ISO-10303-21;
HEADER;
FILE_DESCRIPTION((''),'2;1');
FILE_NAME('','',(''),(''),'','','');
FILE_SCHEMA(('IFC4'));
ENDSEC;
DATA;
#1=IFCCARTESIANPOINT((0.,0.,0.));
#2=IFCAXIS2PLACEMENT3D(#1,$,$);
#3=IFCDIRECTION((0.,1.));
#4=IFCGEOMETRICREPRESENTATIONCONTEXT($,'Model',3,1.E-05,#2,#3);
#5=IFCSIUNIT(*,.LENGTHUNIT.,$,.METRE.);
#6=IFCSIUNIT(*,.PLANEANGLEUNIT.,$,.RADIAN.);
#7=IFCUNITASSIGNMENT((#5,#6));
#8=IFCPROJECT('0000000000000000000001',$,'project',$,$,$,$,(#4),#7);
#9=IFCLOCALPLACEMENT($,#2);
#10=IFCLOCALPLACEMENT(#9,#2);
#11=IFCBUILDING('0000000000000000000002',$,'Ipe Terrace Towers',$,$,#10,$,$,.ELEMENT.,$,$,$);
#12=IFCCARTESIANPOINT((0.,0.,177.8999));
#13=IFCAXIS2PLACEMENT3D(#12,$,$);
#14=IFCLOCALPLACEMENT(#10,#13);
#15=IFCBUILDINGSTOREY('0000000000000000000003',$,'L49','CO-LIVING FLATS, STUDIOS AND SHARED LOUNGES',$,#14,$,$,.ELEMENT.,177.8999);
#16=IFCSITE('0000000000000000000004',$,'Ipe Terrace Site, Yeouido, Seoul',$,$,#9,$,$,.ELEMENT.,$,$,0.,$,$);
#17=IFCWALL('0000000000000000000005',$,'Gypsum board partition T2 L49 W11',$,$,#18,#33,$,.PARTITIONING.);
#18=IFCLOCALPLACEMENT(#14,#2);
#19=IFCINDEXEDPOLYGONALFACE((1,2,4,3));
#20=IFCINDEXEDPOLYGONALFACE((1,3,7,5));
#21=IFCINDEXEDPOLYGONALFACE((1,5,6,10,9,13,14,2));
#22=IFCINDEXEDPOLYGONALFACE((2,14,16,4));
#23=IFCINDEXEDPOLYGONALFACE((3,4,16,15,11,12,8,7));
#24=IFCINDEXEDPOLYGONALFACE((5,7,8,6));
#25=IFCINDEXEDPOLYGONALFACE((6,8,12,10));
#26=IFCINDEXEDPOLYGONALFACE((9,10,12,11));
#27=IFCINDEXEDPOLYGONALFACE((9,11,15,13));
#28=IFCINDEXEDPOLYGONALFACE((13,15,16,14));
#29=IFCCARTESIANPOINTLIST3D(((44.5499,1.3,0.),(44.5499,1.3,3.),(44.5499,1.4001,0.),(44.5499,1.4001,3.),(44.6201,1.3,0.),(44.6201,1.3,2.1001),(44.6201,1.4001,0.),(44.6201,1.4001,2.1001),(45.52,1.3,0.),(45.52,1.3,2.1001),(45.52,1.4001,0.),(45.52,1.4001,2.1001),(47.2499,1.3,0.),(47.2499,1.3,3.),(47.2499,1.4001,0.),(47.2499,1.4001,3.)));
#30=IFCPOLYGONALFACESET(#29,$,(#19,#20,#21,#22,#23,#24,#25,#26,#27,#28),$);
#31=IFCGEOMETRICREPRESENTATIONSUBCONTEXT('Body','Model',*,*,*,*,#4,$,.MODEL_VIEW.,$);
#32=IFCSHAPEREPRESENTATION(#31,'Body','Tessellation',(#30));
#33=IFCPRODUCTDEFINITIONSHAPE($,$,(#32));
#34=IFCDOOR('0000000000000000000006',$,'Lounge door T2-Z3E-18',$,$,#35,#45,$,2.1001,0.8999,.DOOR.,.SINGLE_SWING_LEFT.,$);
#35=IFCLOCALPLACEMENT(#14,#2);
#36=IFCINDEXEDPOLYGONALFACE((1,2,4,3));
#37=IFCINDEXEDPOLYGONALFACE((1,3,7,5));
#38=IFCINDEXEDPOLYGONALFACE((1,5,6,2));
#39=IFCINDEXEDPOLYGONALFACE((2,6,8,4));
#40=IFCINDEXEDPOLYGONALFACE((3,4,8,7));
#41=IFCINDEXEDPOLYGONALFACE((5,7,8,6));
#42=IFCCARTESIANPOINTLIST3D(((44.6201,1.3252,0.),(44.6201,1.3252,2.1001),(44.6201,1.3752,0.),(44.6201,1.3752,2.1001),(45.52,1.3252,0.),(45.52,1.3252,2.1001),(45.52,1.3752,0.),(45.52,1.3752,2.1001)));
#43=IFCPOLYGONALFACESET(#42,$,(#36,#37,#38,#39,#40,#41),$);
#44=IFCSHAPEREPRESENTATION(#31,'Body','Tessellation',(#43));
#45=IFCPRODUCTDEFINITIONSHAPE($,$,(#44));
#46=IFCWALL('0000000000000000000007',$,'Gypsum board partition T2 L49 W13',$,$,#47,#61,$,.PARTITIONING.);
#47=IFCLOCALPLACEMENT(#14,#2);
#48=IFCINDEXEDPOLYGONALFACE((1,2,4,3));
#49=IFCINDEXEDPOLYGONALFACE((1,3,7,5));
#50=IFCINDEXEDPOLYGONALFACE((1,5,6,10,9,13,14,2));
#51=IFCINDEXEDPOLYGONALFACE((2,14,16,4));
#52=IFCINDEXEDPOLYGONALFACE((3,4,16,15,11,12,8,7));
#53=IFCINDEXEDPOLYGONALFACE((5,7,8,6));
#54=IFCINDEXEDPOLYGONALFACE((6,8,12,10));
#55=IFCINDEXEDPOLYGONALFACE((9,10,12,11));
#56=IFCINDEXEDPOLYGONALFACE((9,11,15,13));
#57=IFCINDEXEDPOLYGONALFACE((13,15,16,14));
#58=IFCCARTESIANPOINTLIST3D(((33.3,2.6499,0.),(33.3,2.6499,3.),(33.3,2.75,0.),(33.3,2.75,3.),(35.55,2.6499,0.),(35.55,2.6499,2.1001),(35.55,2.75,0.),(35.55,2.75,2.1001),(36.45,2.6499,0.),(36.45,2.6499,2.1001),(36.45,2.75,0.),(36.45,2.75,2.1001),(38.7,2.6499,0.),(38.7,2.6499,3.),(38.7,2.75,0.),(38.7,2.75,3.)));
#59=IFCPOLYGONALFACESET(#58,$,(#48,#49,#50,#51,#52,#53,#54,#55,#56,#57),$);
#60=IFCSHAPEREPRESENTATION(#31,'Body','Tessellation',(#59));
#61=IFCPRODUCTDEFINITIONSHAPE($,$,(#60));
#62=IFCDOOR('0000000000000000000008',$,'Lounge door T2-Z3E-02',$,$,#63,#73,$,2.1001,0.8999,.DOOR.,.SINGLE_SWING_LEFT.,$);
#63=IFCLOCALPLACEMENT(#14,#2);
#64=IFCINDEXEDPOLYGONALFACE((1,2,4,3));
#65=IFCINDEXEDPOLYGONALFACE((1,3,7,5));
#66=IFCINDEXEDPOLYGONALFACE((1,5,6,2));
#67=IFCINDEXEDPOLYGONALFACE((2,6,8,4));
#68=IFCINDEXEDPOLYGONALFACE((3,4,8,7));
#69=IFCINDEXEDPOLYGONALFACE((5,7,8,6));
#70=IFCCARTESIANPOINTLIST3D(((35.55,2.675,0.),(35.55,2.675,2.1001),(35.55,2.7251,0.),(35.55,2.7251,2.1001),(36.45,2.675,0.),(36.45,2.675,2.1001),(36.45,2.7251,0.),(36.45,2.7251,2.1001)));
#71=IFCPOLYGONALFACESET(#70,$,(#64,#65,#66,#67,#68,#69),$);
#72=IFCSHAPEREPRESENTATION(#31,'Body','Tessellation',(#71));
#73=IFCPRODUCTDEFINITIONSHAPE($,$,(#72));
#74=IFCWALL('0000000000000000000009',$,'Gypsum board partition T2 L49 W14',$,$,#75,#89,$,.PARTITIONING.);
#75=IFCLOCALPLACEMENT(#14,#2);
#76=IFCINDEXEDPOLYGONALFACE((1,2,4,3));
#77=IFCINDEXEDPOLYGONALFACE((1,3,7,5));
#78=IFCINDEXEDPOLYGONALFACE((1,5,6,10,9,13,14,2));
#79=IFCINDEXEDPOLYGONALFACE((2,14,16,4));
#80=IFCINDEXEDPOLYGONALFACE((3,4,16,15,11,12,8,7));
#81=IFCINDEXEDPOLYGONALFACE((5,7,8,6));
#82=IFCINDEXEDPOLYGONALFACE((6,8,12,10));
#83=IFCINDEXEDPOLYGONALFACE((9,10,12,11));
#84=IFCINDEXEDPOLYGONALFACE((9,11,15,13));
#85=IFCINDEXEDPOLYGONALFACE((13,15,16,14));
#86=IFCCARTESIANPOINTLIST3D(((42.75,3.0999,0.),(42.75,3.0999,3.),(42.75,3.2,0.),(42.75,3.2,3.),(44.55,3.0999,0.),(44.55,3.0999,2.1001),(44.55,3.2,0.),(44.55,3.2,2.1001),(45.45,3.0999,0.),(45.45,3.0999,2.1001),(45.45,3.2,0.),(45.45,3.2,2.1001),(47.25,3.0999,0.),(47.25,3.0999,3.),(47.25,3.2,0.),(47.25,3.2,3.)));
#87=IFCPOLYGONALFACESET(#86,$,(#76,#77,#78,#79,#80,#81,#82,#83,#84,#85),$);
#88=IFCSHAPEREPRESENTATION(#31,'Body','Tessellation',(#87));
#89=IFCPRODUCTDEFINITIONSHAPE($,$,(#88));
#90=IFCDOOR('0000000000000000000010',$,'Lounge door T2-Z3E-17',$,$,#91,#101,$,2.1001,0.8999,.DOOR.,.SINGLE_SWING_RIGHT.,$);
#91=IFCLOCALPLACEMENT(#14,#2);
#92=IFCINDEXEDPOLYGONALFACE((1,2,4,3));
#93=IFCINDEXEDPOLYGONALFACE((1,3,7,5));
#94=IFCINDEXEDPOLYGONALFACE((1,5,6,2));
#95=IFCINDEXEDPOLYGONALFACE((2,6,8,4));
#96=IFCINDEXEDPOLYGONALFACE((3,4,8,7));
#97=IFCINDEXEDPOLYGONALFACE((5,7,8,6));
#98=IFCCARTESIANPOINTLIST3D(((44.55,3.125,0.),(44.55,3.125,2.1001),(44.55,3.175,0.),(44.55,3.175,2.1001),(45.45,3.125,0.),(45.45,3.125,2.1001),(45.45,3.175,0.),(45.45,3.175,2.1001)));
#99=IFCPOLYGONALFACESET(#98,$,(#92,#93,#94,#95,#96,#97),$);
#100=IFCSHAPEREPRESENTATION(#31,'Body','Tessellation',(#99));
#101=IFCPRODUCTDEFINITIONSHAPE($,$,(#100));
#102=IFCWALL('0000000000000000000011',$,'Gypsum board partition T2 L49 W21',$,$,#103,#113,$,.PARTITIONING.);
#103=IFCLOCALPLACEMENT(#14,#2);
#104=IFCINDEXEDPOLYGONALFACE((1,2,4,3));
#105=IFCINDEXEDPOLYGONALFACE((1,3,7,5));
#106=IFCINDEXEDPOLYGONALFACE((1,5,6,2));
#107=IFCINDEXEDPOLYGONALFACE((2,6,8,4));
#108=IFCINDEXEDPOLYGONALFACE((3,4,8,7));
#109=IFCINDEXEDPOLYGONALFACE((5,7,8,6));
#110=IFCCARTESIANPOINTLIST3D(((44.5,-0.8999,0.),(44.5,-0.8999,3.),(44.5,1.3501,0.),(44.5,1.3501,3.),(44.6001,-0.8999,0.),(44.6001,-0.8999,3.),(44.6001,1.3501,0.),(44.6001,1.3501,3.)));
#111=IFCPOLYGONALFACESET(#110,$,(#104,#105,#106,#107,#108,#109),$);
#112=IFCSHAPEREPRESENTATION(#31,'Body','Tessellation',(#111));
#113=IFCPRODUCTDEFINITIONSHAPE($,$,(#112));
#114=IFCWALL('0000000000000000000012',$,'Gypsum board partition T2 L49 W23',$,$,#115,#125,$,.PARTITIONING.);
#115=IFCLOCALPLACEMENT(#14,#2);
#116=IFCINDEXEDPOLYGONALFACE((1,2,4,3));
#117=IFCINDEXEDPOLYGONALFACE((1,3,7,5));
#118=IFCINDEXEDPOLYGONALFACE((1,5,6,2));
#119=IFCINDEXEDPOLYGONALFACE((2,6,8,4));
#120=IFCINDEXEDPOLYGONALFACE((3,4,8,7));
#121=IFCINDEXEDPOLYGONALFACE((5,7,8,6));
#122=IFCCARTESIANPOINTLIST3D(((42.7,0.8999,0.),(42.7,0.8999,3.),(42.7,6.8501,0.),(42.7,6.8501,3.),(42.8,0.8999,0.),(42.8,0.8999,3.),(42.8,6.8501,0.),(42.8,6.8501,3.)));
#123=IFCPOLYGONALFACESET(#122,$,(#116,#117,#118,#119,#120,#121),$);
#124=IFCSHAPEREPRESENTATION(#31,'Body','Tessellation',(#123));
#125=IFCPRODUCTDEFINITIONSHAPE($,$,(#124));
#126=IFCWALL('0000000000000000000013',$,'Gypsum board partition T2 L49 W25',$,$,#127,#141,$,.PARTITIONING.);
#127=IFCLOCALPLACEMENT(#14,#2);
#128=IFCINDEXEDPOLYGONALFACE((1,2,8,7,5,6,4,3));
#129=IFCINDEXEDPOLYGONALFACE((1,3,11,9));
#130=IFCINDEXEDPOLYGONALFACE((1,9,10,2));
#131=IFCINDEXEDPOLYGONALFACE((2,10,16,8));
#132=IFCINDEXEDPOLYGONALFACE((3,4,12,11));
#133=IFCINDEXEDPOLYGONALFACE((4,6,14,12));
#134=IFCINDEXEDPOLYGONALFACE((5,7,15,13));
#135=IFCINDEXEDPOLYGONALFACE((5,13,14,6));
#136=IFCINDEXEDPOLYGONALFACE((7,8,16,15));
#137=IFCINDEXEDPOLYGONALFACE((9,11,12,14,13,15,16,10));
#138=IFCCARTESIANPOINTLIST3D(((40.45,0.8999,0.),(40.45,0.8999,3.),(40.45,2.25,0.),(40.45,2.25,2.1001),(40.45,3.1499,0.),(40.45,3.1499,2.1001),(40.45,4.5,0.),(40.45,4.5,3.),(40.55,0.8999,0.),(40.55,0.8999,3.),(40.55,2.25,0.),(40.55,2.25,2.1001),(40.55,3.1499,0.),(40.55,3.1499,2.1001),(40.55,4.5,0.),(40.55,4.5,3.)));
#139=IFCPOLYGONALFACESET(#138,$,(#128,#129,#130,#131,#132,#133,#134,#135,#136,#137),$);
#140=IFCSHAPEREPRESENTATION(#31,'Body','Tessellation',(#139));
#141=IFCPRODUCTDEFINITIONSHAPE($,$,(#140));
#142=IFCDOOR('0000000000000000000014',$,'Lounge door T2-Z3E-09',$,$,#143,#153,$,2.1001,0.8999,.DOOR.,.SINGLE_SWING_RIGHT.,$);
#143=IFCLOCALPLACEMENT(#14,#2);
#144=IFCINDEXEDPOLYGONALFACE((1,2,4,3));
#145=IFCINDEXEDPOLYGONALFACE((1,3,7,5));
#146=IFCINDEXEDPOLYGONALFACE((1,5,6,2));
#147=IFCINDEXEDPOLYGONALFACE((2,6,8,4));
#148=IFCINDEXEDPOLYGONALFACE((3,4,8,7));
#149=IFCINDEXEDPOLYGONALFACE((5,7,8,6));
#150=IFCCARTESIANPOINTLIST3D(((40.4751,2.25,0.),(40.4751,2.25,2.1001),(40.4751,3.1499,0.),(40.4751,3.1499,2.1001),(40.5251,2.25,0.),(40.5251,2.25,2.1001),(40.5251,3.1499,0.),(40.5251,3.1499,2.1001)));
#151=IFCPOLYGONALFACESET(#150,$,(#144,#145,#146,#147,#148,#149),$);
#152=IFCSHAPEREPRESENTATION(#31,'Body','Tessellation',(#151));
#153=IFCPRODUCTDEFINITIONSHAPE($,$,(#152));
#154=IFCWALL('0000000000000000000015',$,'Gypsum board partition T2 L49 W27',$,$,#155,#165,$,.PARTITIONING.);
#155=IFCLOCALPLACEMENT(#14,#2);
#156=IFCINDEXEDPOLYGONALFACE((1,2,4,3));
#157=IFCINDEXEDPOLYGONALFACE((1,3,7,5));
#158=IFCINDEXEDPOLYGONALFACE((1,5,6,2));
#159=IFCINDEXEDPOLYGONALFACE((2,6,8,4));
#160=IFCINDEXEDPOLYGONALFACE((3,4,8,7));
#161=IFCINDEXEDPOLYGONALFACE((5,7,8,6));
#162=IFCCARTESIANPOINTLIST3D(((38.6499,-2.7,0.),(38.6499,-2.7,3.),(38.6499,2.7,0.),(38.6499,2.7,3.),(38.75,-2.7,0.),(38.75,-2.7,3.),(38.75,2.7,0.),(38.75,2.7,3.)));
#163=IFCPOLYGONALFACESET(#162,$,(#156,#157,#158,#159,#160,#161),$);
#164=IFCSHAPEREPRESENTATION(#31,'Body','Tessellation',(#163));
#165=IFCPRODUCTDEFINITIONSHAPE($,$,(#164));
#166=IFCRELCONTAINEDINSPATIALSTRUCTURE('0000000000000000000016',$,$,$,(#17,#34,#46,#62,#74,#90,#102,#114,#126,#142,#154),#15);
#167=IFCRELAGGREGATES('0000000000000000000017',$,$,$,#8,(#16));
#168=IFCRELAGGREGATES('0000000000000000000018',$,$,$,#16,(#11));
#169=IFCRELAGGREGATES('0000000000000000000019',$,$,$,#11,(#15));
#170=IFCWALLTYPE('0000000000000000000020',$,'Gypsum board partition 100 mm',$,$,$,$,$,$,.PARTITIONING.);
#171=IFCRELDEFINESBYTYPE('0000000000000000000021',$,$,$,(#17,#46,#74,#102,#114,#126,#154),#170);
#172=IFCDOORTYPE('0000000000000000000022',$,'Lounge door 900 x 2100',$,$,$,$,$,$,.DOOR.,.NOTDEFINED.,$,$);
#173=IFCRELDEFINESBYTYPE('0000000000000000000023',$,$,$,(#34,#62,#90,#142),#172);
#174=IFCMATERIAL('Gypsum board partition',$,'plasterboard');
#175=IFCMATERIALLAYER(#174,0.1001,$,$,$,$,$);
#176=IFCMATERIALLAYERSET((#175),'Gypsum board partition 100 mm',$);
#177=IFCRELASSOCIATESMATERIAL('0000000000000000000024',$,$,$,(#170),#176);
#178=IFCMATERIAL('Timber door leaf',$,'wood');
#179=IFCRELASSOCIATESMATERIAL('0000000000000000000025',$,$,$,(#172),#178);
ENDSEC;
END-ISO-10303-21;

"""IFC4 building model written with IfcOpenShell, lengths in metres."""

from ifc_helpers import new_model, si_unit, direction, frame, frame_2d, origin, place, context, subcontext, project, spatial, rectangle, extrude, material, layer, layer_set, type_object, element, fill, save


model = new_model("IFC4")

# Units and contexts
model_context = context("Model", 3, precision=1e-05, world=origin(), true_north=direction((0.0, 1.0)))
body_context = subcontext(model_context, "Body", "Model", "MODEL_VIEW")
ifc_project = project(units=[si_unit("LENGTHUNIT", "METRE"), si_unit("PLANEANGLEUNIT", "RADIAN")], contexts=[model_context])

# Site, building, storey
site_placement = place(None, origin())
site = spatial("IfcSite", under=ifc_project, at=site_placement, Name="Ipe Terrace Site, Yeouido, Seoul", CompositionType="ELEMENT", RefElevation=0.0)
building_placement = place(site_placement, origin())
building = spatial("IfcBuilding", under=site, at=building_placement, Name="Ipe Terrace Towers", CompositionType="ELEMENT")
storey_placement = place(building_placement, frame((0.0, 0.0, 177.8999)))
storey = spatial("IfcBuildingStorey", under=building, at=storey_placement, Name="L49", Description="CO-LIVING FLATS, STUDIOS AND SHARED LOUNGES", CompositionType="ELEMENT", Elevation=177.8999)

# Shared definitions
ifc_material_1 = material(Name="Gypsum board partition", Category="plasterboard")
ifc_layer = layer(ifc_material_1, 0.1001)
ifc_layer_set = layer_set([ifc_layer], Name="Gypsum board partition 100 mm")
wall_type = type_object("IfcWallType", Name="Gypsum board partition 100 mm", PredefinedType="PARTITIONING", material=ifc_layer_set)
ifc_material_2 = material(Name="Timber door leaf", Category="wood")
door_type = type_object("IfcDoorType", Name="Lounge door 900 x 2100", OperationType="NOTDEFINED", PredefinedType="DOOR", material=ifc_material_2)

# Walls, openings, doors
wall_1_placement = place(storey_placement, frame((47.25, 1.3501, 0.0), z_axis=(0.0, 0.0, 1.0), x_axis=(-1.0, 0.0, 0.0)))
wall_1 = element("IfcWall", 1, at=wall_1_placement, inside=storey, type_object=wall_type, Name="Gypsum board partition T2 L49 W11", PredefinedType="PARTITIONING", context=body_context, shape_type="SweptSolid", body=[
    extrude(rectangle(XDim=2.7, YDim=0.1001, at=frame_2d((1.3501, 0.0))), origin(), (0.0, 0.0, 1.0), 3.0),
])
opening_1_placement = place(wall_1_placement, frame((1.73, 0.0, 0.0)))
opening_1 = element("IfcOpeningElement", 2, at=opening_1_placement, cuts=wall_1, PredefinedType="OPENING", context=body_context, shape_type="SweptSolid", body=[
    extrude(rectangle(XDim=0.8999, YDim=2.1001, at=frame_2d((0.45, 1.05))), frame((0.0, 0.0601, 0.0), z_axis=(0.0, -1.0, 0.0), x_axis=(1.0, 0.0, 0.0)), (0.0, 0.0, 1.0), 0.1201),
])
door_1_placement = place(opening_1_placement, origin())
door_1 = element("IfcDoor", 3, at=door_1_placement, inside=storey, type_object=door_type, Name="Lounge door T2-Z3E-18", OperationType="SINGLE_SWING_LEFT", OverallHeight=2.1001, OverallWidth=0.8999, PredefinedType="DOOR", context=body_context, shape_type="SweptSolid", body=[
    extrude(rectangle(XDim=0.8999, YDim=2.1001, at=frame_2d((0.45, 1.05))), frame((0.0, 0.0249, 0.0), z_axis=(0.0, -1.0, 0.0), x_axis=(1.0, 0.0, 0.0)), (0.0, 0.0, 1.0), 0.05),
])
fill(opening_1, door_1)
wall_2_placement = place(storey_placement, frame((38.7, 2.7, 0.0), z_axis=(0.0, 0.0, 1.0), x_axis=(-1.0, 0.0, 0.0)))
wall_2 = element("IfcWall", 4, at=wall_2_placement, inside=storey, type_object=wall_type, Name="Gypsum board partition T2 L49 W13", PredefinedType="PARTITIONING", context=body_context, shape_type="SweptSolid", body=[
    extrude(rectangle(XDim=5.3999, YDim=0.1001, at=frame_2d((2.7, 0.0))), origin(), (0.0, 0.0, 1.0), 3.0),
])
opening_2_placement = place(wall_2_placement, frame((2.25, 0.0, 0.0)))
opening_2 = element("IfcOpeningElement", 5, at=opening_2_placement, cuts=wall_2, PredefinedType="OPENING", context=body_context, shape_type="SweptSolid", body=[
    extrude(rectangle(XDim=0.8999, YDim=2.1001, at=frame_2d((0.45, 1.05))), frame((0.0, 0.0601, 0.0), z_axis=(0.0, -1.0, 0.0), x_axis=(1.0, 0.0, 0.0)), (0.0, 0.0, 1.0), 0.1201),
])
door_2_placement = place(opening_2_placement, origin())
door_2 = element("IfcDoor", 6, at=door_2_placement, inside=storey, type_object=door_type, Name="Lounge door T2-Z3E-02", OperationType="SINGLE_SWING_LEFT", OverallHeight=2.1001, OverallWidth=0.8999, PredefinedType="DOOR", context=body_context, shape_type="SweptSolid", body=[
    extrude(rectangle(XDim=0.8999, YDim=2.1001, at=frame_2d((0.45, 1.05))), frame((0.0, 0.0249, 0.0), z_axis=(0.0, -1.0, 0.0), x_axis=(1.0, 0.0, 0.0)), (0.0, 0.0, 1.0), 0.05),
])
fill(opening_2, door_2)
wall_3_placement = place(storey_placement, frame((47.25, 3.1499, 0.0), z_axis=(0.0, 0.0, 1.0), x_axis=(-1.0, 0.0, 0.0)))
wall_3 = element("IfcWall", 7, at=wall_3_placement, inside=storey, type_object=wall_type, Name="Gypsum board partition T2 L49 W14", PredefinedType="PARTITIONING", context=body_context, shape_type="SweptSolid", body=[
    extrude(rectangle(XDim=4.5, YDim=0.1001, at=frame_2d((2.25, 0.0))), origin(), (0.0, 0.0, 1.0), 3.0),
])
opening_3_placement = place(wall_3_placement, frame((1.8, 0.0, 0.0)))
opening_3 = element("IfcOpeningElement", 8, at=opening_3_placement, cuts=wall_3, PredefinedType="OPENING", context=body_context, shape_type="SweptSolid", body=[
    extrude(rectangle(XDim=0.8999, YDim=2.1001, at=frame_2d((0.45, 1.05))), frame((0.0, 0.0601, 0.0), z_axis=(0.0, -1.0, 0.0), x_axis=(1.0, 0.0, 0.0)), (0.0, 0.0, 1.0), 0.1201),
])
door_3_placement = place(opening_3_placement, origin())
door_3 = element("IfcDoor", 9, at=door_3_placement, inside=storey, type_object=door_type, Name="Lounge door T2-Z3E-17", OperationType="SINGLE_SWING_RIGHT", OverallHeight=2.1001, OverallWidth=0.8999, PredefinedType="DOOR", context=body_context, shape_type="SweptSolid", body=[
    extrude(rectangle(XDim=0.8999, YDim=2.1001, at=frame_2d((0.45, 1.05))), frame((0.0, 0.0249, 0.0), z_axis=(0.0, -1.0, 0.0), x_axis=(1.0, 0.0, 0.0)), (0.0, 0.0, 1.0), 0.05),
])
fill(opening_3, door_3)

# Walls
wall_4_placement = place(storey_placement, frame((44.55, -0.8999, 0.0), z_axis=(0.0, 0.0, 1.0), x_axis=(0.0, 1.0, 0.0)))
element("IfcWall", 10, at=wall_4_placement, inside=storey, type_object=wall_type, Name="Gypsum board partition T2 L49 W21", PredefinedType="PARTITIONING", context=body_context, shape_type="SweptSolid", body=[
    extrude(rectangle(XDim=2.25, YDim=0.1001, at=frame_2d((1.125, 0.0))), origin(), (0.0, 0.0, 1.0), 3.0),
])
wall_5_placement = place(storey_placement, frame((42.75, 0.8999, 0.0), z_axis=(0.0, 0.0, 1.0), x_axis=(0.0, 1.0, 0.0)))
element("IfcWall", 11, at=wall_5_placement, inside=storey, type_object=wall_type, Name="Gypsum board partition T2 L49 W23", PredefinedType="PARTITIONING", context=body_context, shape_type="SweptSolid", body=[
    extrude(rectangle(XDim=5.9502, YDim=0.1001, at=frame_2d((2.9751, 0.0))), origin(), (0.0, 0.0, 1.0), 3.0),
])

# Wall, opening, door
wall_6_placement = place(storey_placement, frame((40.5, 0.8999, 0.0), z_axis=(0.0, 0.0, 1.0), x_axis=(0.0, 1.0, 0.0)))
wall_6 = element("IfcWall", 12, at=wall_6_placement, inside=storey, type_object=wall_type, Name="Gypsum board partition T2 L49 W25", PredefinedType="PARTITIONING", context=body_context, shape_type="SweptSolid", body=[
    extrude(rectangle(XDim=3.6001, YDim=0.1001, at=frame_2d((1.8, 0.0))), origin(), (0.0, 0.0, 1.0), 3.0),
])
opening_4_placement = place(wall_6_placement, frame((1.3501, 0.0, 0.0)))
opening_4 = element("IfcOpeningElement", 13, at=opening_4_placement, cuts=wall_6, PredefinedType="OPENING", context=body_context, shape_type="SweptSolid", body=[
    extrude(rectangle(XDim=0.8999, YDim=2.1001, at=frame_2d((0.45, 1.05))), frame((0.0, 0.0601, 0.0), z_axis=(0.0, -1.0, 0.0), x_axis=(1.0, 0.0, 0.0)), (0.0, 0.0, 1.0), 0.1201),
])
door_4_placement = place(opening_4_placement, origin())
door_4 = element("IfcDoor", 14, at=door_4_placement, inside=storey, type_object=door_type, Name="Lounge door T2-Z3E-09", OperationType="SINGLE_SWING_RIGHT", OverallHeight=2.1001, OverallWidth=0.8999, PredefinedType="DOOR", context=body_context, shape_type="SweptSolid", body=[
    extrude(rectangle(XDim=0.8999, YDim=2.1001, at=frame_2d((0.45, 1.05))), frame((0.0, 0.0249, 0.0), z_axis=(0.0, -1.0, 0.0), x_axis=(1.0, 0.0, 0.0)), (0.0, 0.0, 1.0), 0.05),
])
fill(opening_4, door_4)

# Wall
wall_7_placement = place(storey_placement, frame((38.7, -2.7, 0.0), z_axis=(0.0, 0.0, 1.0), x_axis=(0.0, 1.0, 0.0)))
element("IfcWall", 15, at=wall_7_placement, inside=storey, type_object=wall_type, Name="Gypsum board partition T2 L49 W27", PredefinedType="PARTITIONING", context=body_context, shape_type="SweptSolid", body=[
    extrude(rectangle(XDim=5.3999, YDim=0.1001, at=frame_2d((2.7, 0.0))), origin(), (0.0, 0.0, 1.0), 3.0),
])

save(model, "model.ifc")
